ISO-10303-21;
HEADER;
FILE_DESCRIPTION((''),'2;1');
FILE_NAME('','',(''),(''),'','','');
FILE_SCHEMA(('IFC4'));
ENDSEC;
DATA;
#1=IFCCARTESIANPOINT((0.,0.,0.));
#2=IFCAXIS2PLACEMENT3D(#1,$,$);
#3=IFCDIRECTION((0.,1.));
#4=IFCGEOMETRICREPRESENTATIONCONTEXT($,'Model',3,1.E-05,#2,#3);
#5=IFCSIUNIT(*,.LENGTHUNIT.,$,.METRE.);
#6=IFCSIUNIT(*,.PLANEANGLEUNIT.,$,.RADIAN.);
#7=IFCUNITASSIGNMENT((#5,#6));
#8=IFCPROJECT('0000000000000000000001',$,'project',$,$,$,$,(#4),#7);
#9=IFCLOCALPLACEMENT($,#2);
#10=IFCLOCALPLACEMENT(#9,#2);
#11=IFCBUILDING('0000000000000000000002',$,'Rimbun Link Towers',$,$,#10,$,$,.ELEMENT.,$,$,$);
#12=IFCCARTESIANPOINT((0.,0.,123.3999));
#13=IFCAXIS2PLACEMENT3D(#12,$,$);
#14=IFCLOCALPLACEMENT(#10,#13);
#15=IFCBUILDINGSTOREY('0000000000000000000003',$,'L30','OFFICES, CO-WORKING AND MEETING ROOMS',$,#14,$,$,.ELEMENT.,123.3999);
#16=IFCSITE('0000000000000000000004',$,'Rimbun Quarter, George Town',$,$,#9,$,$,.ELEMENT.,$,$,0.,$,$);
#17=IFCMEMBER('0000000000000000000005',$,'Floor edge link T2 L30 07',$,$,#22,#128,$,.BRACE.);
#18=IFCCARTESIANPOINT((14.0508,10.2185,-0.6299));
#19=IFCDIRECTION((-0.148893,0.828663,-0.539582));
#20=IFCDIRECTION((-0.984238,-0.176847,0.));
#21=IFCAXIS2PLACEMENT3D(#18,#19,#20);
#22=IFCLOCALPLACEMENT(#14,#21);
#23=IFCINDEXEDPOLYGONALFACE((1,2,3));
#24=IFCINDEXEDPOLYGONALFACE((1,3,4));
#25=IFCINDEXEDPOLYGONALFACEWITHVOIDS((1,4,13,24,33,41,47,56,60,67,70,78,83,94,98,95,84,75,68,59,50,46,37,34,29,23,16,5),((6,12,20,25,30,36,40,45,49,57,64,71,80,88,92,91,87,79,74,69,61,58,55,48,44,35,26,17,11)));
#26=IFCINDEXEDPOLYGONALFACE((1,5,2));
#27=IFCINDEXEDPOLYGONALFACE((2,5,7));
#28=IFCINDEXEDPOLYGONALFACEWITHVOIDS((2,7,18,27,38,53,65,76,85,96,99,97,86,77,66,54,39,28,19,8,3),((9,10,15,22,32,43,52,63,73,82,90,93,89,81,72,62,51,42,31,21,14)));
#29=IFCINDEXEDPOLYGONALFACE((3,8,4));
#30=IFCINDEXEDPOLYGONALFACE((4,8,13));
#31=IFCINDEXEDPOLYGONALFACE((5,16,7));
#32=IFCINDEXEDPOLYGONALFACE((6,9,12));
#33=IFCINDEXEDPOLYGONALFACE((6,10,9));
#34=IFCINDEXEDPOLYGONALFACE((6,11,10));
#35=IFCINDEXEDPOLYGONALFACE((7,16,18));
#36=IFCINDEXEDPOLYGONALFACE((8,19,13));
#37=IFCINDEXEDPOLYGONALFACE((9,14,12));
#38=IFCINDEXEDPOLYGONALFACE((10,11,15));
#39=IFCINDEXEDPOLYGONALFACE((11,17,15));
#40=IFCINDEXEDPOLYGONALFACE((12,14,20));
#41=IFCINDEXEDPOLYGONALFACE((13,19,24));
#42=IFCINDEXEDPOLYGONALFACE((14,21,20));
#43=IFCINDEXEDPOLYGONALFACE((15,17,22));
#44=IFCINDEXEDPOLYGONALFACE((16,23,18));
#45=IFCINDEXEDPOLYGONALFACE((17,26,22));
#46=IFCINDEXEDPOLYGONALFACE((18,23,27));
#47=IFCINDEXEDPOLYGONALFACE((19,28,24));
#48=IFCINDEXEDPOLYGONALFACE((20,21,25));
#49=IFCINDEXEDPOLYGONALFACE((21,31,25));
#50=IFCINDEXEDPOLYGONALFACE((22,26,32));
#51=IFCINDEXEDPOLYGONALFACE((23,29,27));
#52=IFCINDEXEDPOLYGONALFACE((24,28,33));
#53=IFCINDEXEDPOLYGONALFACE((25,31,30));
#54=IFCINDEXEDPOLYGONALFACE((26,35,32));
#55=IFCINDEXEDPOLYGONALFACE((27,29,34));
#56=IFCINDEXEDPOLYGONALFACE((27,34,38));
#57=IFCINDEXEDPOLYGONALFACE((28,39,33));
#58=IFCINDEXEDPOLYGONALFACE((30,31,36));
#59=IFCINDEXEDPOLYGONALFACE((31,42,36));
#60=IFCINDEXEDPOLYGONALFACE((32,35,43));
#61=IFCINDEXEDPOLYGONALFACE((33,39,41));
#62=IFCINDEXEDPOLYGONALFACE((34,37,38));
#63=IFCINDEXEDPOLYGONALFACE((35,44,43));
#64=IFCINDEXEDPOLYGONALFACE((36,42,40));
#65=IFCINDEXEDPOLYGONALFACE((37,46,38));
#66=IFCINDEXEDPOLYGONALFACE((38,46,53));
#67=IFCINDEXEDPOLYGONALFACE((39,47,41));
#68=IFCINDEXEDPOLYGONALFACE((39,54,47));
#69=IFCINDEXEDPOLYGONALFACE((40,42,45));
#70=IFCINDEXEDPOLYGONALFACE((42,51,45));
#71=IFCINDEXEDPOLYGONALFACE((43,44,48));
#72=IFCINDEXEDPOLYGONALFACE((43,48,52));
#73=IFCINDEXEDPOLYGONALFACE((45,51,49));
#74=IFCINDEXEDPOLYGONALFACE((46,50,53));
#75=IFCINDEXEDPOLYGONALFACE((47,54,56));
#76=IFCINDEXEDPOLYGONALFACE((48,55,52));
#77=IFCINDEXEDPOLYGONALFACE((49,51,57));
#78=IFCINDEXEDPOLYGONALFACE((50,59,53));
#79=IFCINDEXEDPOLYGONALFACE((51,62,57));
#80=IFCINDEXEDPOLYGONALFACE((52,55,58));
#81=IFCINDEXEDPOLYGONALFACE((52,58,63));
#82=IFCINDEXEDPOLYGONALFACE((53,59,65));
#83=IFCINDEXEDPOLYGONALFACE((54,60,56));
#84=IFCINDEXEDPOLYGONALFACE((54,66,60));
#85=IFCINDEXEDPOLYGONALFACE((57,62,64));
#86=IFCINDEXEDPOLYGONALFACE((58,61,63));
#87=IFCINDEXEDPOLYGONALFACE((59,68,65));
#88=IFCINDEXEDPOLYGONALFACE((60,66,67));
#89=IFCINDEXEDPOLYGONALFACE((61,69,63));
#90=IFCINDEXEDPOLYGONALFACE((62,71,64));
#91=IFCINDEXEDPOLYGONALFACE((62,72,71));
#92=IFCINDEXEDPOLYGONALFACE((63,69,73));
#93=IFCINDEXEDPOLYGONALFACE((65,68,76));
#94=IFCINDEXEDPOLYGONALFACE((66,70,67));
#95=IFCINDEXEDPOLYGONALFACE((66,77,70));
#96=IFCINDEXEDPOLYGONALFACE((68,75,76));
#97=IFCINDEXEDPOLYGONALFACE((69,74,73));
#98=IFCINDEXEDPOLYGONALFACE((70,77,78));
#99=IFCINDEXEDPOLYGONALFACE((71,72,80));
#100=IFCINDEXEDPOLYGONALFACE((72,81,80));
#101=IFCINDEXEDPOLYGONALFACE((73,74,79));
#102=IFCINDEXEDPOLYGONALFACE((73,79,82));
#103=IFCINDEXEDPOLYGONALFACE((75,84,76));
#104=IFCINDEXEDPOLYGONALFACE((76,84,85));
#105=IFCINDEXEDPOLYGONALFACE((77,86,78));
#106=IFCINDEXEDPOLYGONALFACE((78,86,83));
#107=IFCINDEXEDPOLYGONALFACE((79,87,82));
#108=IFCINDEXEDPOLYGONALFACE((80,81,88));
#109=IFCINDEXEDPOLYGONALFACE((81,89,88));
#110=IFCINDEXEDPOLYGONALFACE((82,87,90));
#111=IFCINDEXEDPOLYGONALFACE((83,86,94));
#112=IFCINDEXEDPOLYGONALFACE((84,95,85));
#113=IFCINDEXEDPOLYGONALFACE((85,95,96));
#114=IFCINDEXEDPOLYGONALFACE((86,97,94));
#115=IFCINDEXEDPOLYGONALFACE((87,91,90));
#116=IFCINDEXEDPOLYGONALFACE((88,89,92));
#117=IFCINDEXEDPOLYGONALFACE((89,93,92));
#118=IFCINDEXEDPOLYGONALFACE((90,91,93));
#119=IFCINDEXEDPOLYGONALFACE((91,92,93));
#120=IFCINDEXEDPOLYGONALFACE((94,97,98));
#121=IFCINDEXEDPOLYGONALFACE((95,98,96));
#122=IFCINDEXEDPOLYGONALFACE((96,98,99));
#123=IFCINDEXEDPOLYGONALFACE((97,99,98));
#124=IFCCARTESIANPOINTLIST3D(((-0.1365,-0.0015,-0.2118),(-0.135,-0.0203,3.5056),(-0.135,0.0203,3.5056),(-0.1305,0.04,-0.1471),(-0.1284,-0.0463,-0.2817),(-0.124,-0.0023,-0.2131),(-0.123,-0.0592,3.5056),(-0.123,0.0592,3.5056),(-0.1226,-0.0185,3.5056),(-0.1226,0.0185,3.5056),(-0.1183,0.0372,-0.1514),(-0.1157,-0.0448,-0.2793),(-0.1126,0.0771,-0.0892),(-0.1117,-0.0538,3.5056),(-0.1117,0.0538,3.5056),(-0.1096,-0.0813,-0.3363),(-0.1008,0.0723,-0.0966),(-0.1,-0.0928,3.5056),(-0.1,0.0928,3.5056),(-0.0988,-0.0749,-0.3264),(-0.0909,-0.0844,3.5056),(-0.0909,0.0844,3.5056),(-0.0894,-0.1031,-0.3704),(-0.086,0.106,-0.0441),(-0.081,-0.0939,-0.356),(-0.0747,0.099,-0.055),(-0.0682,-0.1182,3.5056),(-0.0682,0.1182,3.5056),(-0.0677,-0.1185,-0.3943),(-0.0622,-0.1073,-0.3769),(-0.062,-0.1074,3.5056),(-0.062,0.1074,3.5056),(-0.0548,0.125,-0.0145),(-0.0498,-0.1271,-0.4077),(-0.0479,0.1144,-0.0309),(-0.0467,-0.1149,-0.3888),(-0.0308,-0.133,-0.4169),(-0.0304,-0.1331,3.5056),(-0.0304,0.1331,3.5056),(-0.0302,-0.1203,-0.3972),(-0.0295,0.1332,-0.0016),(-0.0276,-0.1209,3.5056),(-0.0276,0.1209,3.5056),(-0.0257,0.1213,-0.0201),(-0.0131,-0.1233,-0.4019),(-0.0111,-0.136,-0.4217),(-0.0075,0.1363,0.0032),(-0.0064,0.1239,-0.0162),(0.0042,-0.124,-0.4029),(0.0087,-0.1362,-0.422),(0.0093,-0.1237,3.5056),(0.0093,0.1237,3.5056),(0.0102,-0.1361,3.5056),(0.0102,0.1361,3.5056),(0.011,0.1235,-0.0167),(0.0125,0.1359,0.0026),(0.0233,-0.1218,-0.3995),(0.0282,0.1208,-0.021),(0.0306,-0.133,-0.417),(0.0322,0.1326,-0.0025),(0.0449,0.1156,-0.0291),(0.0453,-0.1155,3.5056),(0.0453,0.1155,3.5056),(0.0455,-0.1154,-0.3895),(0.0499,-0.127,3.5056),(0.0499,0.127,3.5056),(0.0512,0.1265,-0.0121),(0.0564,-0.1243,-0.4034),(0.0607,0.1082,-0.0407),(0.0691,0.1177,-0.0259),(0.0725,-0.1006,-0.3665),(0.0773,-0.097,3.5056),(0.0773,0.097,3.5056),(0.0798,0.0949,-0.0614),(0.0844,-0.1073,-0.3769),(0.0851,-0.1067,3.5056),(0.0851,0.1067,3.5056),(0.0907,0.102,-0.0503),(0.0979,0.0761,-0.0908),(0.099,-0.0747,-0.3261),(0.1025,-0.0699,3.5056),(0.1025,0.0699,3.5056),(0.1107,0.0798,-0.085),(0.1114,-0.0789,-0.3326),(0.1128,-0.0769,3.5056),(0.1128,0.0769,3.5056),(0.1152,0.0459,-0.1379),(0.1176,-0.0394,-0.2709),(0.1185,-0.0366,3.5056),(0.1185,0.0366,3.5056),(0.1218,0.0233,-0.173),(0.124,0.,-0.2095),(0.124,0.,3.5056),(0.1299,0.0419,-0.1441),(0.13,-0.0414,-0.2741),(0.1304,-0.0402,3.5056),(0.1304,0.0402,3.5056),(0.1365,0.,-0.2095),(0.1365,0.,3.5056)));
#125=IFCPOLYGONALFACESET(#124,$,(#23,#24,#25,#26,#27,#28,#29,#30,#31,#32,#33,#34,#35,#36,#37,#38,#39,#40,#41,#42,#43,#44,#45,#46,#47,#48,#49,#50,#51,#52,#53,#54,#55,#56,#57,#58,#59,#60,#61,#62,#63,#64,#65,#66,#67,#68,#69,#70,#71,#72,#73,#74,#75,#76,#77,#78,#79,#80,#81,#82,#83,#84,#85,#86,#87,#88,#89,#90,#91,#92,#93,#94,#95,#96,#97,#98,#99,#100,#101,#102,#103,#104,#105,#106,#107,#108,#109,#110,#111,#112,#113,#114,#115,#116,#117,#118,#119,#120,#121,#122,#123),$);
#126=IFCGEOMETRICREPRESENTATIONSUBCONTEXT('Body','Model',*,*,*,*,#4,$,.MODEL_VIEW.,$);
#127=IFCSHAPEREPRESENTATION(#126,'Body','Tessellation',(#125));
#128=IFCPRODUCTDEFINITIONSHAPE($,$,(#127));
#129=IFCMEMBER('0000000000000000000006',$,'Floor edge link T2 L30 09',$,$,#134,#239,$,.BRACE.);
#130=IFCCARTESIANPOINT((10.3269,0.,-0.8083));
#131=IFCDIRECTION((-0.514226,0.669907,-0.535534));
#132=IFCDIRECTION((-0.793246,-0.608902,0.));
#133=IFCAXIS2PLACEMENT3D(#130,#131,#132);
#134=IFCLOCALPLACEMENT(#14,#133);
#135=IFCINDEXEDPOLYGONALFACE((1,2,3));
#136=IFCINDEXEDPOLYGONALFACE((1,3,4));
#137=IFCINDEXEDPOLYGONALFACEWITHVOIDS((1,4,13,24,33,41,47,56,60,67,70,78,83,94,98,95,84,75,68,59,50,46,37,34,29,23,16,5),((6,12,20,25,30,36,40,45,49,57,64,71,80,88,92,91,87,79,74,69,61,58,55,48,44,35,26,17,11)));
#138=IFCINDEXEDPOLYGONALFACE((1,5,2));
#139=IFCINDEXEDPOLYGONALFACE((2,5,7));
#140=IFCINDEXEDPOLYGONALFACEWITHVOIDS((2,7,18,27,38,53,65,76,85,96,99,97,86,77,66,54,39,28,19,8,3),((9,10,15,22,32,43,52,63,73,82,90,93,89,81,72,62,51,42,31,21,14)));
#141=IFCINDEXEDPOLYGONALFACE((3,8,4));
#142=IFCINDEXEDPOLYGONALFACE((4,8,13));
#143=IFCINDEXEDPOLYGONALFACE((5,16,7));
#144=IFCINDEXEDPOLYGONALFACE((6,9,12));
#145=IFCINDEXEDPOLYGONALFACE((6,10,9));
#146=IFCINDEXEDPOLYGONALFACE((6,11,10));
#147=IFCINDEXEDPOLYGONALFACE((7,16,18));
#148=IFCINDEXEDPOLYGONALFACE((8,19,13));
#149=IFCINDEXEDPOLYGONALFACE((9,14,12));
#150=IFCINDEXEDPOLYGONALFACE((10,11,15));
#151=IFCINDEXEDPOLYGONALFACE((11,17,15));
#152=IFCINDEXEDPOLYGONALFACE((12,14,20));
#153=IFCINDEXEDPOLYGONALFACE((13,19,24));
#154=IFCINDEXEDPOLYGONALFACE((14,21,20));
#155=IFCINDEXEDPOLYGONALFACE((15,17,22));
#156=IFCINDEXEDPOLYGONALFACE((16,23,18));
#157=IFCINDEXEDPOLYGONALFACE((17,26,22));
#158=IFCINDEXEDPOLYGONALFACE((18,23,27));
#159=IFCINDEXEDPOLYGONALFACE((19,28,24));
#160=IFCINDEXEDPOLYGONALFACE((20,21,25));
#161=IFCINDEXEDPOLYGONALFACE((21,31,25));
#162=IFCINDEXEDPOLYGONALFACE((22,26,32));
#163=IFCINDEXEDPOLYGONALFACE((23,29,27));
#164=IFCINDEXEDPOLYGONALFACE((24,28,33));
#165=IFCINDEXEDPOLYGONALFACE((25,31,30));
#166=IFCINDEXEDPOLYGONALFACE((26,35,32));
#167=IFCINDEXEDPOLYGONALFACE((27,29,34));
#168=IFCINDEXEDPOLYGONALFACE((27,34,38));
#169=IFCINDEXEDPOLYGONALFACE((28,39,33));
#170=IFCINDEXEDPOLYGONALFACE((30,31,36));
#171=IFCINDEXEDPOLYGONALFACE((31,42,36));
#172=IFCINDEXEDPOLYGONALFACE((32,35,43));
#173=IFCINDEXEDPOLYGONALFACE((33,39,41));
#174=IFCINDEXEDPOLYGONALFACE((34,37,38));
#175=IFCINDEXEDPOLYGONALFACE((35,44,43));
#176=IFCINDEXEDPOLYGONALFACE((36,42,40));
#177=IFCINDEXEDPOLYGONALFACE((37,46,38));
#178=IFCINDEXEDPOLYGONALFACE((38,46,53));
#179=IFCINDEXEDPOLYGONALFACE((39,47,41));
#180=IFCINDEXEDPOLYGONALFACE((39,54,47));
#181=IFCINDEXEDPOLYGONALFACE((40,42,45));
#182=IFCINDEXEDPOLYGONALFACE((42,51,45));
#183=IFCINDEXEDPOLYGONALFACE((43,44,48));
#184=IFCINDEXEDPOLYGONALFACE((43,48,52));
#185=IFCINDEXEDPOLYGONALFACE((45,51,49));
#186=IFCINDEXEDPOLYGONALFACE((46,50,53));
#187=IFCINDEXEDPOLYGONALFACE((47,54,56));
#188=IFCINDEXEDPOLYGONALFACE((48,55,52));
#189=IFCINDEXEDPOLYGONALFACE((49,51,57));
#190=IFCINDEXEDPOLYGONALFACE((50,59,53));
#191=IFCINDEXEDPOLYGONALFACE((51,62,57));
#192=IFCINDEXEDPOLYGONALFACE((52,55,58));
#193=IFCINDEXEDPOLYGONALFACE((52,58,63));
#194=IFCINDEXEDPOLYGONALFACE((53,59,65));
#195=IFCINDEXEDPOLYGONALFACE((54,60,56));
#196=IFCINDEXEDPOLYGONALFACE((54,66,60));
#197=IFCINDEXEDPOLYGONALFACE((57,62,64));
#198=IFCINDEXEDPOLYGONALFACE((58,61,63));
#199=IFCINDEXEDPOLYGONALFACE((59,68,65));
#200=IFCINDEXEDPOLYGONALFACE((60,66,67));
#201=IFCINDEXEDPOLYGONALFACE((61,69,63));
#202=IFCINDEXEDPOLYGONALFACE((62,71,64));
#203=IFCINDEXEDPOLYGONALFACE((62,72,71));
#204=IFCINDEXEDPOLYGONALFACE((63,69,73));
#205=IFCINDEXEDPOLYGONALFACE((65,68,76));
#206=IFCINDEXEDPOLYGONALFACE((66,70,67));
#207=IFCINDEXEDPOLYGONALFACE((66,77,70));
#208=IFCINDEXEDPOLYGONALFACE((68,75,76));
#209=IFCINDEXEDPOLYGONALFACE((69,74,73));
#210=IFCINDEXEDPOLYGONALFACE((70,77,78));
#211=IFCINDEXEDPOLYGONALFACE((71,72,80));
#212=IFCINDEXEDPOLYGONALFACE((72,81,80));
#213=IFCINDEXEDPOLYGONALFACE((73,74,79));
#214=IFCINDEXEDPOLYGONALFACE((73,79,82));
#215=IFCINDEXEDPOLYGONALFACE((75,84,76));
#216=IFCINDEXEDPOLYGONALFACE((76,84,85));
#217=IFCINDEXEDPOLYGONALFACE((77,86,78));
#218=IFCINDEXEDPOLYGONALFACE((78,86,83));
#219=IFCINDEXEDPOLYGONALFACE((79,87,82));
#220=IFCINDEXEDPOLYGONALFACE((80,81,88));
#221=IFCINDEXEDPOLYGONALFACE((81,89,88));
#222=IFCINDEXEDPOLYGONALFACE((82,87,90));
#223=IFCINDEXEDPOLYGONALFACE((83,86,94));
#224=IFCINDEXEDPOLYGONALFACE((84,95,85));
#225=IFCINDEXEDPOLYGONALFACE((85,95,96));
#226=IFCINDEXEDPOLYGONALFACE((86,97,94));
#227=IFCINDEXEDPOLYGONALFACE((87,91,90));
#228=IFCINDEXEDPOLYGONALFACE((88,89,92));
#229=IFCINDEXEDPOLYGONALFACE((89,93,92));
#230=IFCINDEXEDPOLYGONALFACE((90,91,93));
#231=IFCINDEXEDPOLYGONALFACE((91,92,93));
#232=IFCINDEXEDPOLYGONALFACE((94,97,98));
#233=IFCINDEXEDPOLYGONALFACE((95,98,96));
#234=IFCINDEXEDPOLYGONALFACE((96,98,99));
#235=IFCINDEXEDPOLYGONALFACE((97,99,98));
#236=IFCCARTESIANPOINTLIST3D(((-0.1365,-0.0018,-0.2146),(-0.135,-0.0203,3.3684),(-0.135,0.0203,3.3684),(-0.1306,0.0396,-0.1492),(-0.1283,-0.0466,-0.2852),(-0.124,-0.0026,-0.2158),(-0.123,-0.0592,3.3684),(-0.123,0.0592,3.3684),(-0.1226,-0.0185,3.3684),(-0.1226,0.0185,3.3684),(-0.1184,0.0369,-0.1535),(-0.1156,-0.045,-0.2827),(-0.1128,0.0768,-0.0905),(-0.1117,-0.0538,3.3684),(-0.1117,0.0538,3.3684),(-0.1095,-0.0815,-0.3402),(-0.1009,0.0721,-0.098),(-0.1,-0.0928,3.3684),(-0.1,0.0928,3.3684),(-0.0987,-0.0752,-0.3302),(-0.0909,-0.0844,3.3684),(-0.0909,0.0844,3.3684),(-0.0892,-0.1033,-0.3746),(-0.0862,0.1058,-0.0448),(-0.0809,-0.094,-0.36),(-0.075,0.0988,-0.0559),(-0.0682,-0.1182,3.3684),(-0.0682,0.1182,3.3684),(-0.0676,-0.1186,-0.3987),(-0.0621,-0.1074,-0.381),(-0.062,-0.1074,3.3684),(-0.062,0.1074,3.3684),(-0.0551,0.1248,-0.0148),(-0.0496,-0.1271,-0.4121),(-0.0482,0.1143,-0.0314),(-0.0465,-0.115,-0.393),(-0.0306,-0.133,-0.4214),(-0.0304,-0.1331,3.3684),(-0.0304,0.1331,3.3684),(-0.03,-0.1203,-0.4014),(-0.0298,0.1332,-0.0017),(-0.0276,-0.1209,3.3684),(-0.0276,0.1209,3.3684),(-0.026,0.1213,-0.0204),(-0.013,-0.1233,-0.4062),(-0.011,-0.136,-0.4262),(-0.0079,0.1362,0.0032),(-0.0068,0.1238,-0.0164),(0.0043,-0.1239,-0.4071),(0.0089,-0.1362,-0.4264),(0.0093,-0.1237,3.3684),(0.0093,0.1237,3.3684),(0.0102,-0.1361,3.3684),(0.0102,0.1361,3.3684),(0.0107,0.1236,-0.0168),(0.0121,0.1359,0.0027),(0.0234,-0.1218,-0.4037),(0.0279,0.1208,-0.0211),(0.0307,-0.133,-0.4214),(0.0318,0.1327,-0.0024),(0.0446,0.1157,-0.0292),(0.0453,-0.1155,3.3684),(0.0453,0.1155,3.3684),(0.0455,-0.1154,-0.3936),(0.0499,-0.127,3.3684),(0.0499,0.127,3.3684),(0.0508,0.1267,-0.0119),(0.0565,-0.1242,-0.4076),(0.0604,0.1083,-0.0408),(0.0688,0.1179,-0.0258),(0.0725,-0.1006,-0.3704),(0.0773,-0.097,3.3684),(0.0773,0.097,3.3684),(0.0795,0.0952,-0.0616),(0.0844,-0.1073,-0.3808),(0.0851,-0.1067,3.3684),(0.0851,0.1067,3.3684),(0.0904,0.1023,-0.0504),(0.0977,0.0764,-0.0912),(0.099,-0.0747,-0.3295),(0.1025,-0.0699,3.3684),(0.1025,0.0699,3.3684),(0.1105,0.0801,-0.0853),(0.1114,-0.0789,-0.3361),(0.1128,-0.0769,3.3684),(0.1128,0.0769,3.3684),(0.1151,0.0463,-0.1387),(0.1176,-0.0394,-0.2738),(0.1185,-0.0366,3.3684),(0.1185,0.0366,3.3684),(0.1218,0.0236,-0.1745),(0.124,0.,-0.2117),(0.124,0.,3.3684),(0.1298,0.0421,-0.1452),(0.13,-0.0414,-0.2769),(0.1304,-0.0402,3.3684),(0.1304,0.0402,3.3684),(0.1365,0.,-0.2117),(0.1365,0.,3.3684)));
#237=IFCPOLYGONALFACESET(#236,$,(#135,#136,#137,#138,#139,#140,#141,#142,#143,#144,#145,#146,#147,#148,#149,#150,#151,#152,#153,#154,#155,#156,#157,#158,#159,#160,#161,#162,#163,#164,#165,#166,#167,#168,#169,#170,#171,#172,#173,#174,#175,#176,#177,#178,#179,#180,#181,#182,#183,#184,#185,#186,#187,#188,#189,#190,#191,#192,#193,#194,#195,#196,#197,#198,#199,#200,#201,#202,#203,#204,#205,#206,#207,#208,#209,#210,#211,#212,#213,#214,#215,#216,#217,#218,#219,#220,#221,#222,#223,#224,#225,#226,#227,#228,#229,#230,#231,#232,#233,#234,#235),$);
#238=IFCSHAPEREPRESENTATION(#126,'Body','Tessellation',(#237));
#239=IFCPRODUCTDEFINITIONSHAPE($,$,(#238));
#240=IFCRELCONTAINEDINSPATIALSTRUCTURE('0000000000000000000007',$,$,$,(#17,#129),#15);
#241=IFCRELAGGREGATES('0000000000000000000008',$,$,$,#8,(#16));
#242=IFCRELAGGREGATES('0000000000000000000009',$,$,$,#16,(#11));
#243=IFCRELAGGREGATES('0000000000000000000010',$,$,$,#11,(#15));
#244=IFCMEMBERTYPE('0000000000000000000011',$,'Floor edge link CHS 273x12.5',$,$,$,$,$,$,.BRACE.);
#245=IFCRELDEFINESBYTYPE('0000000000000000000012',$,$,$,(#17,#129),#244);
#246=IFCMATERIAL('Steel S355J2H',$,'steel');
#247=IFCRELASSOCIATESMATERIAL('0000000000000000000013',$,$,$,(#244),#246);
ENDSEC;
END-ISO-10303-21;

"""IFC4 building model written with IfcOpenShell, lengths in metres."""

from ifc_helpers import new_model, si_unit, direction, frame, origin, origin_2d, place, context, subcontext, project, spatial, hollow_circle, extrude, clip, halfspace, material, material_profile, profile_set, type_object, element, save


model = new_model("IFC4")

# Units and contexts
model_context = context("Model", 3, precision=1e-05, world=origin(), true_north=direction((0.0, 1.0)))
body_context = subcontext(model_context, "Body", "Model", "MODEL_VIEW")
ifc_project = project(units=[si_unit("LENGTHUNIT", "METRE"), si_unit("PLANEANGLEUNIT", "RADIAN")], contexts=[model_context])

# Site, building, storey
site_placement = place(None, origin())
site = spatial("IfcSite", under=ifc_project, at=site_placement, Name="Rimbun Quarter, George Town", CompositionType="ELEMENT", RefElevation=0.0)
building_placement = place(site_placement, origin())
building = spatial("IfcBuilding", under=site, at=building_placement, Name="Rimbun Link Towers", CompositionType="ELEMENT")
storey_placement = place(building_placement, frame((0.0, 0.0, 123.3999)))
storey = spatial("IfcBuildingStorey", under=building, at=storey_placement, Name="L30", Description="OFFICES, CO-WORKING AND MEETING ROOMS", CompositionType="ELEMENT", Elevation=123.3999)

# Members
ifc_material_1 = material(Name="Steel S355J2H", Category="steel")
ifc_material_profile_1 = material_profile(ifc_material_1, hollow_circle(Radius=0.1365, WallThickness=0.0125, at=origin_2d()), Name="CHS 273x12.5")
ifc_profile_set_1 = profile_set([ifc_material_profile_1], Name="Steel S355J2H")
member_type_1 = type_object("IfcMemberType", Name="Floor edge link CHS 273x12.5", PredefinedType="BRACE", material=ifc_profile_set_1)
member_1_placement = place(storey_placement, frame((14.0508, 10.2185, -0.6299), z_axis=(-0.148893, 0.828663, -0.539582), x_axis=(-0.984238, -0.176847, 0.0)))
element("IfcMember", 1, at=member_1_placement, inside=storey, type_object=member_type_1, Name="Floor edge link T2 L30 07", PredefinedType="BRACE", context=body_context, shape_type="Clipping", body=[
    clip(extrude(hollow_circle(Radius=0.1365, WallThickness=0.0125, at=origin_2d()), frame((0.0, 0.0, -0.4446)), (0.0, 0.0, 1.0), 3.9502), halfspace(frame((0.0, 0.0, -0.2095), z_axis=(0.0, 0.841933, -0.539582)), False)),
])
member_2_placement = place(storey_placement, frame((10.3269, 0.0, -0.8083), z_axis=(-0.514226, 0.669907, -0.535534), x_axis=(-0.793246, -0.608902, 0.0)))
element("IfcMember", 2, at=member_2_placement, inside=storey, type_object=member_type_1, Name="Floor edge link T2 L30 09", PredefinedType="BRACE", context=body_context, shape_type="Clipping", body=[
    clip(extrude(hollow_circle(Radius=0.1365, WallThickness=0.0125, at=origin_2d()), frame((0.0, 0.0, -0.4492)), (0.0, 0.0, 1.0), 3.8176), halfspace(frame((0.0, 0.0, -0.2117), z_axis=(0.0, 0.844514, -0.535534)), False)),
])

save(model, "model.ifc")
